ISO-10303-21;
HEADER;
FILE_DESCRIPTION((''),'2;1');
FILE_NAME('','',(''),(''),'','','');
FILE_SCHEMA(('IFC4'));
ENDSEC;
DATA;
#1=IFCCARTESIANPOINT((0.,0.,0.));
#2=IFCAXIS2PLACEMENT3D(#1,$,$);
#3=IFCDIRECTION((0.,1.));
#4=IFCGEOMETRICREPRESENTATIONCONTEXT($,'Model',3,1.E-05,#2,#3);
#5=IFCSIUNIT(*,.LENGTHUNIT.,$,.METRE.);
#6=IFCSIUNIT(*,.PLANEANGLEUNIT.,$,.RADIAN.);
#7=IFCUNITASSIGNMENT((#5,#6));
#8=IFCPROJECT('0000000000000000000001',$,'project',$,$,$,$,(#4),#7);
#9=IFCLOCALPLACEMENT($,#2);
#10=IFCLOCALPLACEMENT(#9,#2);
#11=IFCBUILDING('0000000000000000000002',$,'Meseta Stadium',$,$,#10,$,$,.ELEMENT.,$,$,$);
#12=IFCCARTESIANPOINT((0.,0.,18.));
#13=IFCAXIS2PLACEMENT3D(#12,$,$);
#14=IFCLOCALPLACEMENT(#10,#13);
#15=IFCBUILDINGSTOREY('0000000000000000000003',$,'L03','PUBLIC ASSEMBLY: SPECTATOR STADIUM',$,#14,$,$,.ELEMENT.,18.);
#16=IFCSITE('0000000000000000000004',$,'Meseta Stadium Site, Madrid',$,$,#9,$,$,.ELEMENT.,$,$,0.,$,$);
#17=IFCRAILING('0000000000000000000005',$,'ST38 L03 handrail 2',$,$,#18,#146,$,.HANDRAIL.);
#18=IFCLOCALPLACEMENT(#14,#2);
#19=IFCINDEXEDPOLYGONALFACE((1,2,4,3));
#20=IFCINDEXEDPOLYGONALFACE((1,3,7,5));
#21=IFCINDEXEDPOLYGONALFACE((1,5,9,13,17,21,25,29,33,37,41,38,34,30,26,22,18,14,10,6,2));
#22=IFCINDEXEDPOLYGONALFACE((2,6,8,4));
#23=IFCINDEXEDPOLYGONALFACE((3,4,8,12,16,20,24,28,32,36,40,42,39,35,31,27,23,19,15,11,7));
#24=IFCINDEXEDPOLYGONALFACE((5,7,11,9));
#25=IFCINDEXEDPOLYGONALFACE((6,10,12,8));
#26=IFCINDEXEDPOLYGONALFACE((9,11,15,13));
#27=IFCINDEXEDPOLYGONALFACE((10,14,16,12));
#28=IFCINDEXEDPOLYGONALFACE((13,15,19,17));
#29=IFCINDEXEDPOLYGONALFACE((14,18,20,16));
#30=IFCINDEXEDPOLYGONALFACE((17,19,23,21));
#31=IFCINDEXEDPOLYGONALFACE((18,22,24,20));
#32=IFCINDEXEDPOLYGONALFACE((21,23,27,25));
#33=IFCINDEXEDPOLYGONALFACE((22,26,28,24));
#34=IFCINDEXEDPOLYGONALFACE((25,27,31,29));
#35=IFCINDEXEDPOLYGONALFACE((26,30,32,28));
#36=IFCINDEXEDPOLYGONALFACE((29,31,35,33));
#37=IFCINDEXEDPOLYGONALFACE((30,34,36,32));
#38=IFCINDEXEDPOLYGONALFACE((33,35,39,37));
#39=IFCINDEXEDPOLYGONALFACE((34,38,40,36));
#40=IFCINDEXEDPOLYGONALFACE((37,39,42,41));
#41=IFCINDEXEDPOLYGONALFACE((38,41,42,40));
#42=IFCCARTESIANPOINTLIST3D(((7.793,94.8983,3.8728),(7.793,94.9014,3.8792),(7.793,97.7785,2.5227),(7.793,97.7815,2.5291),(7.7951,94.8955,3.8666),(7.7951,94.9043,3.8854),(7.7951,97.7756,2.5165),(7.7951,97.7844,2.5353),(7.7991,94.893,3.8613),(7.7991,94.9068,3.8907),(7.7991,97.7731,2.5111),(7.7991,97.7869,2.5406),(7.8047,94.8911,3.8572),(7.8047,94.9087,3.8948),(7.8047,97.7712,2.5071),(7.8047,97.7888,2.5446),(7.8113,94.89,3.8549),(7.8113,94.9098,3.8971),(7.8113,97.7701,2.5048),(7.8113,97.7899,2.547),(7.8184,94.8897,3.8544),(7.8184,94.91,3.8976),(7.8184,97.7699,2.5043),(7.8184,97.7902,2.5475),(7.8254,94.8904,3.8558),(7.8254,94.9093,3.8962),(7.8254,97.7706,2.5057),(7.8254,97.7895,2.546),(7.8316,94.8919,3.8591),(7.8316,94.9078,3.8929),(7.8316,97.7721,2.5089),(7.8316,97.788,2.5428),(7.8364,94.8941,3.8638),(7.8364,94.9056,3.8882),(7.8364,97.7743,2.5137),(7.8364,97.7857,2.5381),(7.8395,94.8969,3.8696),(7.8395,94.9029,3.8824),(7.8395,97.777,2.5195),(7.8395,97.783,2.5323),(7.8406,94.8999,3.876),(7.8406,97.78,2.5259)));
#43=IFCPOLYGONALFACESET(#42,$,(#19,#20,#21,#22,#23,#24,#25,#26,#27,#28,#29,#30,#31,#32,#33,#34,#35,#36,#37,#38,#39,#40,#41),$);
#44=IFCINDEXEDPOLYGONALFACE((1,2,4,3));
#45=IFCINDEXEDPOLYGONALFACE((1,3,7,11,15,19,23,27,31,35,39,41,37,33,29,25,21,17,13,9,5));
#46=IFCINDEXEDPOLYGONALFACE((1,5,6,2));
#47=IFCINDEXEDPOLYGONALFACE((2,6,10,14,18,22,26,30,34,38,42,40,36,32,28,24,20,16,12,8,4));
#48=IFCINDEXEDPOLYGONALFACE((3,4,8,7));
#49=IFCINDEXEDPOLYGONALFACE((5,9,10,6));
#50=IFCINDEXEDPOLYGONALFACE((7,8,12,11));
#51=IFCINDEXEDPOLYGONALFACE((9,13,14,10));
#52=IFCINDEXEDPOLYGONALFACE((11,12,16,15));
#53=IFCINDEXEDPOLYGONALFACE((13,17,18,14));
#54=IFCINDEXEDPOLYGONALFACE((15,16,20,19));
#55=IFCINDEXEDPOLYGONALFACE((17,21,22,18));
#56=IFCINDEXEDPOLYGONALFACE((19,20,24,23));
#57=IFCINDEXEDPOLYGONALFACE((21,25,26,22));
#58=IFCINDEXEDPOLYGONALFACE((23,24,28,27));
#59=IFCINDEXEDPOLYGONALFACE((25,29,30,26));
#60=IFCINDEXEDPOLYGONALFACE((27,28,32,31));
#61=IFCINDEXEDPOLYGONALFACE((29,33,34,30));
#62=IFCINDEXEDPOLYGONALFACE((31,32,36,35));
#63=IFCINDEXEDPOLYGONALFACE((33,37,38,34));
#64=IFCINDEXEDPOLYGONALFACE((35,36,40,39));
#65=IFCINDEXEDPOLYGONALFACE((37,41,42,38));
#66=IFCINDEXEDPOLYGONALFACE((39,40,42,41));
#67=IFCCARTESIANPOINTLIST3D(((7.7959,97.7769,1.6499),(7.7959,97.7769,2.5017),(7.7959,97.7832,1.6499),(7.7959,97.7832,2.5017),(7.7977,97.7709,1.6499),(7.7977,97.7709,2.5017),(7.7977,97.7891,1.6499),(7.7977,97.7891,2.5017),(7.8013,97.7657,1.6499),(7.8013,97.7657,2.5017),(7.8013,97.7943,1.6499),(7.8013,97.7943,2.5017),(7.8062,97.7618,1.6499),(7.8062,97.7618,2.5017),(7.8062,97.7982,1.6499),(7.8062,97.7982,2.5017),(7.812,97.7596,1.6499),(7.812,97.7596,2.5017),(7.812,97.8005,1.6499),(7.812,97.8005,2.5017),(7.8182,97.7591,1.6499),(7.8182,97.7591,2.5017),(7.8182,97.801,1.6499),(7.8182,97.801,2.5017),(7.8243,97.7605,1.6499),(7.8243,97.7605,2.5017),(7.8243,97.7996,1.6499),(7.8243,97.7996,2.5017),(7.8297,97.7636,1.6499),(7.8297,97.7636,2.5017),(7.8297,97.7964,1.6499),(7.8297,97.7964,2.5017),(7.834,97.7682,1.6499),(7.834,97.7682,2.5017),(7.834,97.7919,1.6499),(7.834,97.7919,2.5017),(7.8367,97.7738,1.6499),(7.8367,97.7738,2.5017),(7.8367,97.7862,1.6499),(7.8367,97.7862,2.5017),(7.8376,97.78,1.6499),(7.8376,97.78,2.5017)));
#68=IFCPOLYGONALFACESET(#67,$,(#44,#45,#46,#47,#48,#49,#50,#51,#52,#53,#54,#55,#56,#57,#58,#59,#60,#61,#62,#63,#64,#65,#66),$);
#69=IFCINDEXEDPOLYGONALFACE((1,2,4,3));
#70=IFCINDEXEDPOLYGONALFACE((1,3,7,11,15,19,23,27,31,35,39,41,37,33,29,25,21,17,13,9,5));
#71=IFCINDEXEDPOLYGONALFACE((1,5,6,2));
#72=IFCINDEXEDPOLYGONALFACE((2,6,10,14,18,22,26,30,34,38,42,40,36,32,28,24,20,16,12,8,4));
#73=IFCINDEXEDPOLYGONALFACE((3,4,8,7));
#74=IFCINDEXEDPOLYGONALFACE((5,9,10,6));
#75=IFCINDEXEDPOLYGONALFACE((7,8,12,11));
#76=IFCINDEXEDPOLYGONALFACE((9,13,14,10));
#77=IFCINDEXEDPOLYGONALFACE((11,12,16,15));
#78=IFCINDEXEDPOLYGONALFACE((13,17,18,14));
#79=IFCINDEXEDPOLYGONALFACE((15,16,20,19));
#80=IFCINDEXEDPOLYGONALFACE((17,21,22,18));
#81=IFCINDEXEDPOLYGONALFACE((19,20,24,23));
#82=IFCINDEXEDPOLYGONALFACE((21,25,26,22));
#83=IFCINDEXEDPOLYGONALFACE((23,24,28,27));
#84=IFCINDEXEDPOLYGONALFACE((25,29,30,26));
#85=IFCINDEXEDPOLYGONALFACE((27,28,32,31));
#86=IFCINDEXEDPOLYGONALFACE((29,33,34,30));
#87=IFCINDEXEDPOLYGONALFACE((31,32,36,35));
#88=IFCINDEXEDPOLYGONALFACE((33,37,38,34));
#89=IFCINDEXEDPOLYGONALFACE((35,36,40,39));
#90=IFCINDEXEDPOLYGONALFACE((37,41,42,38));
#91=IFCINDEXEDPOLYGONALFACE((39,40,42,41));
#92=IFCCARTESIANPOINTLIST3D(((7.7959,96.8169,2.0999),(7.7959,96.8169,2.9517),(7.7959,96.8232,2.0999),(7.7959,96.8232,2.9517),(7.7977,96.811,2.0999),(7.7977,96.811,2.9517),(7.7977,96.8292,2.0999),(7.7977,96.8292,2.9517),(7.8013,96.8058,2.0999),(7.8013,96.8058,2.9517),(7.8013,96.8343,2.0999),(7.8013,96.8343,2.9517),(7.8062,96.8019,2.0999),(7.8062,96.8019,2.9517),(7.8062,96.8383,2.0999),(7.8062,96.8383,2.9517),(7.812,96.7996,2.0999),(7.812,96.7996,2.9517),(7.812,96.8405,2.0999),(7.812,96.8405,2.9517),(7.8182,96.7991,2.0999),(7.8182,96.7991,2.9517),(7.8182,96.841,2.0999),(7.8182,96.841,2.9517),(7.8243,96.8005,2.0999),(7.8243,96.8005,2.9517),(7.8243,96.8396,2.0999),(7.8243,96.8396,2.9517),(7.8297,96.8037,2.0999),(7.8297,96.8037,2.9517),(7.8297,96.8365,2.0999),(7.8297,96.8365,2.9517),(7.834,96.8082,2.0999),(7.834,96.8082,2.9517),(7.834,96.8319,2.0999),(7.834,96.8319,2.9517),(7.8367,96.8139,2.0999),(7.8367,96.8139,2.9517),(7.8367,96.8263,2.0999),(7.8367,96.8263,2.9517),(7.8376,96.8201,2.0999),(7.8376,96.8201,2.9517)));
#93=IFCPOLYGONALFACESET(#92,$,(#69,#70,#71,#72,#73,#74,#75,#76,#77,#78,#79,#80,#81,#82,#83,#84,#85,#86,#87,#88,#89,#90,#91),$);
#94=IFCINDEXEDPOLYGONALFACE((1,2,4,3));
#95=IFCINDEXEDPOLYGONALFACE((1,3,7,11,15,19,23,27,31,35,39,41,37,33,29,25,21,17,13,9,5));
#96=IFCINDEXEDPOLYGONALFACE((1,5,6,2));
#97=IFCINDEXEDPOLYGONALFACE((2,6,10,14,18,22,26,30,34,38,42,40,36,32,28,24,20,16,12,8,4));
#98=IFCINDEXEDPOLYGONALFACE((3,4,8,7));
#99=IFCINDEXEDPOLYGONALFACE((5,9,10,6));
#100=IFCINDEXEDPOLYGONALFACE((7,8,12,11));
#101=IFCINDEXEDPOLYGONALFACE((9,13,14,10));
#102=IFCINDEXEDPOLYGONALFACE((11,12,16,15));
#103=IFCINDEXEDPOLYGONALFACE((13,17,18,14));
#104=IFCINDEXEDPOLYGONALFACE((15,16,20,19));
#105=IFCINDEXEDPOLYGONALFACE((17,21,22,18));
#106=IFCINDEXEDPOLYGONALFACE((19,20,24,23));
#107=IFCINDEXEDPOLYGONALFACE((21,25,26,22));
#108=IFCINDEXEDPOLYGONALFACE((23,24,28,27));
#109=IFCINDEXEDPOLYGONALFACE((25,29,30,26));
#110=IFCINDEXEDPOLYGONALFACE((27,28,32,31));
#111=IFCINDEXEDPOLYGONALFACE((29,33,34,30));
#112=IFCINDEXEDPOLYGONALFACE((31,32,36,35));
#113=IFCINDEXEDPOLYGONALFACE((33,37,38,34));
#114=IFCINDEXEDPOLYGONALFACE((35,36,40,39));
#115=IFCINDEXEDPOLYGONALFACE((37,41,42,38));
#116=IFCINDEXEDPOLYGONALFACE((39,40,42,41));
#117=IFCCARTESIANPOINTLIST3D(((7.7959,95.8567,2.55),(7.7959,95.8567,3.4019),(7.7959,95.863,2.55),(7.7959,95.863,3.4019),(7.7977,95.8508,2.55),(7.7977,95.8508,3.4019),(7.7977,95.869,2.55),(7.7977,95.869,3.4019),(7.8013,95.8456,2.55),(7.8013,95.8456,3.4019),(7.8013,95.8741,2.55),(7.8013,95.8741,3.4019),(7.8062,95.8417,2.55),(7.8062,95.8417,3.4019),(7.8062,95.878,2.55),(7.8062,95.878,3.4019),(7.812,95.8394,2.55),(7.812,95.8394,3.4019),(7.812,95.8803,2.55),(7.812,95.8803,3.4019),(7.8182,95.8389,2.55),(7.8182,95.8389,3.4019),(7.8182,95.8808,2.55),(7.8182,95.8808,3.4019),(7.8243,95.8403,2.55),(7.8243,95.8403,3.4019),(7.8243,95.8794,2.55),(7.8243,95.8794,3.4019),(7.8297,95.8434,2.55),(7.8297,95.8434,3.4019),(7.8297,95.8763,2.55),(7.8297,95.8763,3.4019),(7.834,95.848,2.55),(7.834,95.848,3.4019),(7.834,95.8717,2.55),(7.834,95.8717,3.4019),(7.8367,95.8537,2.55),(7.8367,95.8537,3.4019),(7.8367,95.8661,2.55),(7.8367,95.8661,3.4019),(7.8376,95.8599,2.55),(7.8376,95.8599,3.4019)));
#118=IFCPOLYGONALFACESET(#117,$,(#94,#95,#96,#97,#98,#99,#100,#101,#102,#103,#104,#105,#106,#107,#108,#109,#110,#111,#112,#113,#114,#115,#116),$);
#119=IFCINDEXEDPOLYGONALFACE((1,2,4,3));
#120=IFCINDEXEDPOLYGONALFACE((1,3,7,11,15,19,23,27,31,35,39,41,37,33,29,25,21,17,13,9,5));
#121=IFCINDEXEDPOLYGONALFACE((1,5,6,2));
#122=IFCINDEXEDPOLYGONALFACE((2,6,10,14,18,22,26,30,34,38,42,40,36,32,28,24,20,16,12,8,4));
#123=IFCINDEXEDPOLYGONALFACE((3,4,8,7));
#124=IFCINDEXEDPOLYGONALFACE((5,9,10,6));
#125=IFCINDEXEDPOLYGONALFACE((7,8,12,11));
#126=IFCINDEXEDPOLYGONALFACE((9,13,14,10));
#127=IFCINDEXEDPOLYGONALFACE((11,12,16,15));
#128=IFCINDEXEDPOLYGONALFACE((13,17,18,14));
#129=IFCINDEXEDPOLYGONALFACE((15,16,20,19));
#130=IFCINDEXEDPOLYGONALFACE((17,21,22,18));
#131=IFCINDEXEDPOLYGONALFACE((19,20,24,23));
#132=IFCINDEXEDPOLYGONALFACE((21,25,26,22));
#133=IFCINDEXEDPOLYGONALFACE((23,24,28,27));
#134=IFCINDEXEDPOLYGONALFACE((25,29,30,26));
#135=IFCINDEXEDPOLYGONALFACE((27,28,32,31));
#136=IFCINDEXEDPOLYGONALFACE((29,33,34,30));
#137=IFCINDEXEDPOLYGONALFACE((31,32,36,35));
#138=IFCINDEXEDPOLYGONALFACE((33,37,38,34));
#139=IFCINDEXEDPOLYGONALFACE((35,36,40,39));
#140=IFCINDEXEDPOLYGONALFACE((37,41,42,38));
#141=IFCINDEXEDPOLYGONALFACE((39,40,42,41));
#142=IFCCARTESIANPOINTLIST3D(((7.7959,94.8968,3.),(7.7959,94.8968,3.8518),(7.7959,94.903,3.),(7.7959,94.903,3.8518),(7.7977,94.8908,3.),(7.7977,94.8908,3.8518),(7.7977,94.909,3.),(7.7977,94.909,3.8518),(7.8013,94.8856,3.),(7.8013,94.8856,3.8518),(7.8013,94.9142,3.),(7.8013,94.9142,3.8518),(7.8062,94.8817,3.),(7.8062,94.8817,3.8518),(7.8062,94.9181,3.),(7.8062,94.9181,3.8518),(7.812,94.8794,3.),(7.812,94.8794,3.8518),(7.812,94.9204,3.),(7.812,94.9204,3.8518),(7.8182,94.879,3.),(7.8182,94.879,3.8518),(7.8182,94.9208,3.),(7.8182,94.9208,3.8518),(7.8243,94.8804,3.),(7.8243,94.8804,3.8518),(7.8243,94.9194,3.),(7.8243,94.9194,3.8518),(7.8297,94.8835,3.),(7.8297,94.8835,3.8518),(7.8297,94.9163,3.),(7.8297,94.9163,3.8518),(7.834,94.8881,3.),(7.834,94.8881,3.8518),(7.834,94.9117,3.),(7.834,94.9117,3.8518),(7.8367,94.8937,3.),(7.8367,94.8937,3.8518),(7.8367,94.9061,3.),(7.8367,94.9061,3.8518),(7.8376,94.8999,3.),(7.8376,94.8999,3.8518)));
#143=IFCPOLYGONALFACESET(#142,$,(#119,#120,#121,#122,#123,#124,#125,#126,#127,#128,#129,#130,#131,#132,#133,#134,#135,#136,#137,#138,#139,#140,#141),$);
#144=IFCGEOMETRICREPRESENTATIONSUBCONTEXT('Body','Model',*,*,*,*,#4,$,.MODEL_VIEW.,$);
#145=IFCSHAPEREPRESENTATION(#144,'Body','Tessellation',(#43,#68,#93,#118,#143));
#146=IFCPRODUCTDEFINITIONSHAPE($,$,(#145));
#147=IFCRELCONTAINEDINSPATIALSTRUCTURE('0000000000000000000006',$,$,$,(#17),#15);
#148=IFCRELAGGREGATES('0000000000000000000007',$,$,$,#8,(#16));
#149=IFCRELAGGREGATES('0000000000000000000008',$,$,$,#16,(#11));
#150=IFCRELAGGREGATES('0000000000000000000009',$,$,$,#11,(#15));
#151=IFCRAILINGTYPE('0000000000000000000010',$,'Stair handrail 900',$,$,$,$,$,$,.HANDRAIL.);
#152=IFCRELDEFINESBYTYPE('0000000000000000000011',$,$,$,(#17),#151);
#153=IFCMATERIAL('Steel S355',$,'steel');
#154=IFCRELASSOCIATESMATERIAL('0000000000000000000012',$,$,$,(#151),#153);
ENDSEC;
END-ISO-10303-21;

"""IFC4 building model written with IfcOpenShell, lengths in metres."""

from ifc_helpers import new_model, si_unit, direction, frame, origin, origin_2d, place, context, subcontext, project, spatial, circle, extrude, material, type_object, element, save


model = new_model("IFC4")

# Units and contexts
model_context = context("Model", 3, precision=1e-05, world=origin(), true_north=direction((0.0, 1.0)))
body_context = subcontext(model_context, "Body", "Model", "MODEL_VIEW")
ifc_project = project(units=[si_unit("LENGTHUNIT", "METRE"), si_unit("PLANEANGLEUNIT", "RADIAN")], contexts=[model_context])

# Site, building, storey
site_placement = place(None, origin())
site = spatial("IfcSite", under=ifc_project, at=site_placement, Name="Meseta Stadium Site, Madrid", CompositionType="ELEMENT", RefElevation=0.0)
building_placement = place(site_placement, origin())
building = spatial("IfcBuilding", under=site, at=building_placement, Name="Meseta Stadium", CompositionType="ELEMENT")
storey_placement = place(building_placement, frame((0.0, 0.0, 18.0)))
storey = spatial("IfcBuildingStorey", under=building, at=storey_placement, Name="L03", Description="PUBLIC ASSEMBLY: SPECTATOR STADIUM", CompositionType="ELEMENT", Elevation=18.0)

# Railing
ifc_material_1 = material(Name="Steel S355", Category="steel")
railing_type_1 = type_object("IfcRailingType", Name="Stair handrail 900", PredefinedType="HANDRAIL", material=ifc_material_1)
for number, where, name in (
    (1, (7.8167, 97.78, 1.6499), "ST38 L03 handrail 2"),
):
    element("IfcRailing", number, at=place(storey_placement, frame(where)), inside=storey, type_object=railing_type_1, Name=name, PredefinedType="HANDRAIL", context=body_context, shape_type="SweptSolid", body=[
        extrude(circle(Radius=0.0239, at=origin_2d()), frame((0.0, 0.0, 0.876), z_axis=(0.0, -0.905454, 0.424444), x_axis=(1.0, 0.0, 0.0)), (0.0, 0.0, 1.0), 3.1809),
        extrude(circle(Radius=0.021, at=origin_2d()), origin(), (0.0, 0.0, 1.0), 0.8518),
        extrude(circle(Radius=0.021, at=origin_2d()), frame((0.0, -0.96, 0.45)), (0.0, 0.0, 1.0), 0.8518),
        extrude(circle(Radius=0.021, at=origin_2d()), frame((0.0, -1.9202, 0.9001)), (0.0, 0.0, 1.0), 0.8518),
        extrude(circle(Radius=0.021, at=origin_2d()), frame((0.0, -2.8801, 1.3501)), (0.0, 0.0, 1.0), 0.8518),
    ])

save(model, "model.ifc")
